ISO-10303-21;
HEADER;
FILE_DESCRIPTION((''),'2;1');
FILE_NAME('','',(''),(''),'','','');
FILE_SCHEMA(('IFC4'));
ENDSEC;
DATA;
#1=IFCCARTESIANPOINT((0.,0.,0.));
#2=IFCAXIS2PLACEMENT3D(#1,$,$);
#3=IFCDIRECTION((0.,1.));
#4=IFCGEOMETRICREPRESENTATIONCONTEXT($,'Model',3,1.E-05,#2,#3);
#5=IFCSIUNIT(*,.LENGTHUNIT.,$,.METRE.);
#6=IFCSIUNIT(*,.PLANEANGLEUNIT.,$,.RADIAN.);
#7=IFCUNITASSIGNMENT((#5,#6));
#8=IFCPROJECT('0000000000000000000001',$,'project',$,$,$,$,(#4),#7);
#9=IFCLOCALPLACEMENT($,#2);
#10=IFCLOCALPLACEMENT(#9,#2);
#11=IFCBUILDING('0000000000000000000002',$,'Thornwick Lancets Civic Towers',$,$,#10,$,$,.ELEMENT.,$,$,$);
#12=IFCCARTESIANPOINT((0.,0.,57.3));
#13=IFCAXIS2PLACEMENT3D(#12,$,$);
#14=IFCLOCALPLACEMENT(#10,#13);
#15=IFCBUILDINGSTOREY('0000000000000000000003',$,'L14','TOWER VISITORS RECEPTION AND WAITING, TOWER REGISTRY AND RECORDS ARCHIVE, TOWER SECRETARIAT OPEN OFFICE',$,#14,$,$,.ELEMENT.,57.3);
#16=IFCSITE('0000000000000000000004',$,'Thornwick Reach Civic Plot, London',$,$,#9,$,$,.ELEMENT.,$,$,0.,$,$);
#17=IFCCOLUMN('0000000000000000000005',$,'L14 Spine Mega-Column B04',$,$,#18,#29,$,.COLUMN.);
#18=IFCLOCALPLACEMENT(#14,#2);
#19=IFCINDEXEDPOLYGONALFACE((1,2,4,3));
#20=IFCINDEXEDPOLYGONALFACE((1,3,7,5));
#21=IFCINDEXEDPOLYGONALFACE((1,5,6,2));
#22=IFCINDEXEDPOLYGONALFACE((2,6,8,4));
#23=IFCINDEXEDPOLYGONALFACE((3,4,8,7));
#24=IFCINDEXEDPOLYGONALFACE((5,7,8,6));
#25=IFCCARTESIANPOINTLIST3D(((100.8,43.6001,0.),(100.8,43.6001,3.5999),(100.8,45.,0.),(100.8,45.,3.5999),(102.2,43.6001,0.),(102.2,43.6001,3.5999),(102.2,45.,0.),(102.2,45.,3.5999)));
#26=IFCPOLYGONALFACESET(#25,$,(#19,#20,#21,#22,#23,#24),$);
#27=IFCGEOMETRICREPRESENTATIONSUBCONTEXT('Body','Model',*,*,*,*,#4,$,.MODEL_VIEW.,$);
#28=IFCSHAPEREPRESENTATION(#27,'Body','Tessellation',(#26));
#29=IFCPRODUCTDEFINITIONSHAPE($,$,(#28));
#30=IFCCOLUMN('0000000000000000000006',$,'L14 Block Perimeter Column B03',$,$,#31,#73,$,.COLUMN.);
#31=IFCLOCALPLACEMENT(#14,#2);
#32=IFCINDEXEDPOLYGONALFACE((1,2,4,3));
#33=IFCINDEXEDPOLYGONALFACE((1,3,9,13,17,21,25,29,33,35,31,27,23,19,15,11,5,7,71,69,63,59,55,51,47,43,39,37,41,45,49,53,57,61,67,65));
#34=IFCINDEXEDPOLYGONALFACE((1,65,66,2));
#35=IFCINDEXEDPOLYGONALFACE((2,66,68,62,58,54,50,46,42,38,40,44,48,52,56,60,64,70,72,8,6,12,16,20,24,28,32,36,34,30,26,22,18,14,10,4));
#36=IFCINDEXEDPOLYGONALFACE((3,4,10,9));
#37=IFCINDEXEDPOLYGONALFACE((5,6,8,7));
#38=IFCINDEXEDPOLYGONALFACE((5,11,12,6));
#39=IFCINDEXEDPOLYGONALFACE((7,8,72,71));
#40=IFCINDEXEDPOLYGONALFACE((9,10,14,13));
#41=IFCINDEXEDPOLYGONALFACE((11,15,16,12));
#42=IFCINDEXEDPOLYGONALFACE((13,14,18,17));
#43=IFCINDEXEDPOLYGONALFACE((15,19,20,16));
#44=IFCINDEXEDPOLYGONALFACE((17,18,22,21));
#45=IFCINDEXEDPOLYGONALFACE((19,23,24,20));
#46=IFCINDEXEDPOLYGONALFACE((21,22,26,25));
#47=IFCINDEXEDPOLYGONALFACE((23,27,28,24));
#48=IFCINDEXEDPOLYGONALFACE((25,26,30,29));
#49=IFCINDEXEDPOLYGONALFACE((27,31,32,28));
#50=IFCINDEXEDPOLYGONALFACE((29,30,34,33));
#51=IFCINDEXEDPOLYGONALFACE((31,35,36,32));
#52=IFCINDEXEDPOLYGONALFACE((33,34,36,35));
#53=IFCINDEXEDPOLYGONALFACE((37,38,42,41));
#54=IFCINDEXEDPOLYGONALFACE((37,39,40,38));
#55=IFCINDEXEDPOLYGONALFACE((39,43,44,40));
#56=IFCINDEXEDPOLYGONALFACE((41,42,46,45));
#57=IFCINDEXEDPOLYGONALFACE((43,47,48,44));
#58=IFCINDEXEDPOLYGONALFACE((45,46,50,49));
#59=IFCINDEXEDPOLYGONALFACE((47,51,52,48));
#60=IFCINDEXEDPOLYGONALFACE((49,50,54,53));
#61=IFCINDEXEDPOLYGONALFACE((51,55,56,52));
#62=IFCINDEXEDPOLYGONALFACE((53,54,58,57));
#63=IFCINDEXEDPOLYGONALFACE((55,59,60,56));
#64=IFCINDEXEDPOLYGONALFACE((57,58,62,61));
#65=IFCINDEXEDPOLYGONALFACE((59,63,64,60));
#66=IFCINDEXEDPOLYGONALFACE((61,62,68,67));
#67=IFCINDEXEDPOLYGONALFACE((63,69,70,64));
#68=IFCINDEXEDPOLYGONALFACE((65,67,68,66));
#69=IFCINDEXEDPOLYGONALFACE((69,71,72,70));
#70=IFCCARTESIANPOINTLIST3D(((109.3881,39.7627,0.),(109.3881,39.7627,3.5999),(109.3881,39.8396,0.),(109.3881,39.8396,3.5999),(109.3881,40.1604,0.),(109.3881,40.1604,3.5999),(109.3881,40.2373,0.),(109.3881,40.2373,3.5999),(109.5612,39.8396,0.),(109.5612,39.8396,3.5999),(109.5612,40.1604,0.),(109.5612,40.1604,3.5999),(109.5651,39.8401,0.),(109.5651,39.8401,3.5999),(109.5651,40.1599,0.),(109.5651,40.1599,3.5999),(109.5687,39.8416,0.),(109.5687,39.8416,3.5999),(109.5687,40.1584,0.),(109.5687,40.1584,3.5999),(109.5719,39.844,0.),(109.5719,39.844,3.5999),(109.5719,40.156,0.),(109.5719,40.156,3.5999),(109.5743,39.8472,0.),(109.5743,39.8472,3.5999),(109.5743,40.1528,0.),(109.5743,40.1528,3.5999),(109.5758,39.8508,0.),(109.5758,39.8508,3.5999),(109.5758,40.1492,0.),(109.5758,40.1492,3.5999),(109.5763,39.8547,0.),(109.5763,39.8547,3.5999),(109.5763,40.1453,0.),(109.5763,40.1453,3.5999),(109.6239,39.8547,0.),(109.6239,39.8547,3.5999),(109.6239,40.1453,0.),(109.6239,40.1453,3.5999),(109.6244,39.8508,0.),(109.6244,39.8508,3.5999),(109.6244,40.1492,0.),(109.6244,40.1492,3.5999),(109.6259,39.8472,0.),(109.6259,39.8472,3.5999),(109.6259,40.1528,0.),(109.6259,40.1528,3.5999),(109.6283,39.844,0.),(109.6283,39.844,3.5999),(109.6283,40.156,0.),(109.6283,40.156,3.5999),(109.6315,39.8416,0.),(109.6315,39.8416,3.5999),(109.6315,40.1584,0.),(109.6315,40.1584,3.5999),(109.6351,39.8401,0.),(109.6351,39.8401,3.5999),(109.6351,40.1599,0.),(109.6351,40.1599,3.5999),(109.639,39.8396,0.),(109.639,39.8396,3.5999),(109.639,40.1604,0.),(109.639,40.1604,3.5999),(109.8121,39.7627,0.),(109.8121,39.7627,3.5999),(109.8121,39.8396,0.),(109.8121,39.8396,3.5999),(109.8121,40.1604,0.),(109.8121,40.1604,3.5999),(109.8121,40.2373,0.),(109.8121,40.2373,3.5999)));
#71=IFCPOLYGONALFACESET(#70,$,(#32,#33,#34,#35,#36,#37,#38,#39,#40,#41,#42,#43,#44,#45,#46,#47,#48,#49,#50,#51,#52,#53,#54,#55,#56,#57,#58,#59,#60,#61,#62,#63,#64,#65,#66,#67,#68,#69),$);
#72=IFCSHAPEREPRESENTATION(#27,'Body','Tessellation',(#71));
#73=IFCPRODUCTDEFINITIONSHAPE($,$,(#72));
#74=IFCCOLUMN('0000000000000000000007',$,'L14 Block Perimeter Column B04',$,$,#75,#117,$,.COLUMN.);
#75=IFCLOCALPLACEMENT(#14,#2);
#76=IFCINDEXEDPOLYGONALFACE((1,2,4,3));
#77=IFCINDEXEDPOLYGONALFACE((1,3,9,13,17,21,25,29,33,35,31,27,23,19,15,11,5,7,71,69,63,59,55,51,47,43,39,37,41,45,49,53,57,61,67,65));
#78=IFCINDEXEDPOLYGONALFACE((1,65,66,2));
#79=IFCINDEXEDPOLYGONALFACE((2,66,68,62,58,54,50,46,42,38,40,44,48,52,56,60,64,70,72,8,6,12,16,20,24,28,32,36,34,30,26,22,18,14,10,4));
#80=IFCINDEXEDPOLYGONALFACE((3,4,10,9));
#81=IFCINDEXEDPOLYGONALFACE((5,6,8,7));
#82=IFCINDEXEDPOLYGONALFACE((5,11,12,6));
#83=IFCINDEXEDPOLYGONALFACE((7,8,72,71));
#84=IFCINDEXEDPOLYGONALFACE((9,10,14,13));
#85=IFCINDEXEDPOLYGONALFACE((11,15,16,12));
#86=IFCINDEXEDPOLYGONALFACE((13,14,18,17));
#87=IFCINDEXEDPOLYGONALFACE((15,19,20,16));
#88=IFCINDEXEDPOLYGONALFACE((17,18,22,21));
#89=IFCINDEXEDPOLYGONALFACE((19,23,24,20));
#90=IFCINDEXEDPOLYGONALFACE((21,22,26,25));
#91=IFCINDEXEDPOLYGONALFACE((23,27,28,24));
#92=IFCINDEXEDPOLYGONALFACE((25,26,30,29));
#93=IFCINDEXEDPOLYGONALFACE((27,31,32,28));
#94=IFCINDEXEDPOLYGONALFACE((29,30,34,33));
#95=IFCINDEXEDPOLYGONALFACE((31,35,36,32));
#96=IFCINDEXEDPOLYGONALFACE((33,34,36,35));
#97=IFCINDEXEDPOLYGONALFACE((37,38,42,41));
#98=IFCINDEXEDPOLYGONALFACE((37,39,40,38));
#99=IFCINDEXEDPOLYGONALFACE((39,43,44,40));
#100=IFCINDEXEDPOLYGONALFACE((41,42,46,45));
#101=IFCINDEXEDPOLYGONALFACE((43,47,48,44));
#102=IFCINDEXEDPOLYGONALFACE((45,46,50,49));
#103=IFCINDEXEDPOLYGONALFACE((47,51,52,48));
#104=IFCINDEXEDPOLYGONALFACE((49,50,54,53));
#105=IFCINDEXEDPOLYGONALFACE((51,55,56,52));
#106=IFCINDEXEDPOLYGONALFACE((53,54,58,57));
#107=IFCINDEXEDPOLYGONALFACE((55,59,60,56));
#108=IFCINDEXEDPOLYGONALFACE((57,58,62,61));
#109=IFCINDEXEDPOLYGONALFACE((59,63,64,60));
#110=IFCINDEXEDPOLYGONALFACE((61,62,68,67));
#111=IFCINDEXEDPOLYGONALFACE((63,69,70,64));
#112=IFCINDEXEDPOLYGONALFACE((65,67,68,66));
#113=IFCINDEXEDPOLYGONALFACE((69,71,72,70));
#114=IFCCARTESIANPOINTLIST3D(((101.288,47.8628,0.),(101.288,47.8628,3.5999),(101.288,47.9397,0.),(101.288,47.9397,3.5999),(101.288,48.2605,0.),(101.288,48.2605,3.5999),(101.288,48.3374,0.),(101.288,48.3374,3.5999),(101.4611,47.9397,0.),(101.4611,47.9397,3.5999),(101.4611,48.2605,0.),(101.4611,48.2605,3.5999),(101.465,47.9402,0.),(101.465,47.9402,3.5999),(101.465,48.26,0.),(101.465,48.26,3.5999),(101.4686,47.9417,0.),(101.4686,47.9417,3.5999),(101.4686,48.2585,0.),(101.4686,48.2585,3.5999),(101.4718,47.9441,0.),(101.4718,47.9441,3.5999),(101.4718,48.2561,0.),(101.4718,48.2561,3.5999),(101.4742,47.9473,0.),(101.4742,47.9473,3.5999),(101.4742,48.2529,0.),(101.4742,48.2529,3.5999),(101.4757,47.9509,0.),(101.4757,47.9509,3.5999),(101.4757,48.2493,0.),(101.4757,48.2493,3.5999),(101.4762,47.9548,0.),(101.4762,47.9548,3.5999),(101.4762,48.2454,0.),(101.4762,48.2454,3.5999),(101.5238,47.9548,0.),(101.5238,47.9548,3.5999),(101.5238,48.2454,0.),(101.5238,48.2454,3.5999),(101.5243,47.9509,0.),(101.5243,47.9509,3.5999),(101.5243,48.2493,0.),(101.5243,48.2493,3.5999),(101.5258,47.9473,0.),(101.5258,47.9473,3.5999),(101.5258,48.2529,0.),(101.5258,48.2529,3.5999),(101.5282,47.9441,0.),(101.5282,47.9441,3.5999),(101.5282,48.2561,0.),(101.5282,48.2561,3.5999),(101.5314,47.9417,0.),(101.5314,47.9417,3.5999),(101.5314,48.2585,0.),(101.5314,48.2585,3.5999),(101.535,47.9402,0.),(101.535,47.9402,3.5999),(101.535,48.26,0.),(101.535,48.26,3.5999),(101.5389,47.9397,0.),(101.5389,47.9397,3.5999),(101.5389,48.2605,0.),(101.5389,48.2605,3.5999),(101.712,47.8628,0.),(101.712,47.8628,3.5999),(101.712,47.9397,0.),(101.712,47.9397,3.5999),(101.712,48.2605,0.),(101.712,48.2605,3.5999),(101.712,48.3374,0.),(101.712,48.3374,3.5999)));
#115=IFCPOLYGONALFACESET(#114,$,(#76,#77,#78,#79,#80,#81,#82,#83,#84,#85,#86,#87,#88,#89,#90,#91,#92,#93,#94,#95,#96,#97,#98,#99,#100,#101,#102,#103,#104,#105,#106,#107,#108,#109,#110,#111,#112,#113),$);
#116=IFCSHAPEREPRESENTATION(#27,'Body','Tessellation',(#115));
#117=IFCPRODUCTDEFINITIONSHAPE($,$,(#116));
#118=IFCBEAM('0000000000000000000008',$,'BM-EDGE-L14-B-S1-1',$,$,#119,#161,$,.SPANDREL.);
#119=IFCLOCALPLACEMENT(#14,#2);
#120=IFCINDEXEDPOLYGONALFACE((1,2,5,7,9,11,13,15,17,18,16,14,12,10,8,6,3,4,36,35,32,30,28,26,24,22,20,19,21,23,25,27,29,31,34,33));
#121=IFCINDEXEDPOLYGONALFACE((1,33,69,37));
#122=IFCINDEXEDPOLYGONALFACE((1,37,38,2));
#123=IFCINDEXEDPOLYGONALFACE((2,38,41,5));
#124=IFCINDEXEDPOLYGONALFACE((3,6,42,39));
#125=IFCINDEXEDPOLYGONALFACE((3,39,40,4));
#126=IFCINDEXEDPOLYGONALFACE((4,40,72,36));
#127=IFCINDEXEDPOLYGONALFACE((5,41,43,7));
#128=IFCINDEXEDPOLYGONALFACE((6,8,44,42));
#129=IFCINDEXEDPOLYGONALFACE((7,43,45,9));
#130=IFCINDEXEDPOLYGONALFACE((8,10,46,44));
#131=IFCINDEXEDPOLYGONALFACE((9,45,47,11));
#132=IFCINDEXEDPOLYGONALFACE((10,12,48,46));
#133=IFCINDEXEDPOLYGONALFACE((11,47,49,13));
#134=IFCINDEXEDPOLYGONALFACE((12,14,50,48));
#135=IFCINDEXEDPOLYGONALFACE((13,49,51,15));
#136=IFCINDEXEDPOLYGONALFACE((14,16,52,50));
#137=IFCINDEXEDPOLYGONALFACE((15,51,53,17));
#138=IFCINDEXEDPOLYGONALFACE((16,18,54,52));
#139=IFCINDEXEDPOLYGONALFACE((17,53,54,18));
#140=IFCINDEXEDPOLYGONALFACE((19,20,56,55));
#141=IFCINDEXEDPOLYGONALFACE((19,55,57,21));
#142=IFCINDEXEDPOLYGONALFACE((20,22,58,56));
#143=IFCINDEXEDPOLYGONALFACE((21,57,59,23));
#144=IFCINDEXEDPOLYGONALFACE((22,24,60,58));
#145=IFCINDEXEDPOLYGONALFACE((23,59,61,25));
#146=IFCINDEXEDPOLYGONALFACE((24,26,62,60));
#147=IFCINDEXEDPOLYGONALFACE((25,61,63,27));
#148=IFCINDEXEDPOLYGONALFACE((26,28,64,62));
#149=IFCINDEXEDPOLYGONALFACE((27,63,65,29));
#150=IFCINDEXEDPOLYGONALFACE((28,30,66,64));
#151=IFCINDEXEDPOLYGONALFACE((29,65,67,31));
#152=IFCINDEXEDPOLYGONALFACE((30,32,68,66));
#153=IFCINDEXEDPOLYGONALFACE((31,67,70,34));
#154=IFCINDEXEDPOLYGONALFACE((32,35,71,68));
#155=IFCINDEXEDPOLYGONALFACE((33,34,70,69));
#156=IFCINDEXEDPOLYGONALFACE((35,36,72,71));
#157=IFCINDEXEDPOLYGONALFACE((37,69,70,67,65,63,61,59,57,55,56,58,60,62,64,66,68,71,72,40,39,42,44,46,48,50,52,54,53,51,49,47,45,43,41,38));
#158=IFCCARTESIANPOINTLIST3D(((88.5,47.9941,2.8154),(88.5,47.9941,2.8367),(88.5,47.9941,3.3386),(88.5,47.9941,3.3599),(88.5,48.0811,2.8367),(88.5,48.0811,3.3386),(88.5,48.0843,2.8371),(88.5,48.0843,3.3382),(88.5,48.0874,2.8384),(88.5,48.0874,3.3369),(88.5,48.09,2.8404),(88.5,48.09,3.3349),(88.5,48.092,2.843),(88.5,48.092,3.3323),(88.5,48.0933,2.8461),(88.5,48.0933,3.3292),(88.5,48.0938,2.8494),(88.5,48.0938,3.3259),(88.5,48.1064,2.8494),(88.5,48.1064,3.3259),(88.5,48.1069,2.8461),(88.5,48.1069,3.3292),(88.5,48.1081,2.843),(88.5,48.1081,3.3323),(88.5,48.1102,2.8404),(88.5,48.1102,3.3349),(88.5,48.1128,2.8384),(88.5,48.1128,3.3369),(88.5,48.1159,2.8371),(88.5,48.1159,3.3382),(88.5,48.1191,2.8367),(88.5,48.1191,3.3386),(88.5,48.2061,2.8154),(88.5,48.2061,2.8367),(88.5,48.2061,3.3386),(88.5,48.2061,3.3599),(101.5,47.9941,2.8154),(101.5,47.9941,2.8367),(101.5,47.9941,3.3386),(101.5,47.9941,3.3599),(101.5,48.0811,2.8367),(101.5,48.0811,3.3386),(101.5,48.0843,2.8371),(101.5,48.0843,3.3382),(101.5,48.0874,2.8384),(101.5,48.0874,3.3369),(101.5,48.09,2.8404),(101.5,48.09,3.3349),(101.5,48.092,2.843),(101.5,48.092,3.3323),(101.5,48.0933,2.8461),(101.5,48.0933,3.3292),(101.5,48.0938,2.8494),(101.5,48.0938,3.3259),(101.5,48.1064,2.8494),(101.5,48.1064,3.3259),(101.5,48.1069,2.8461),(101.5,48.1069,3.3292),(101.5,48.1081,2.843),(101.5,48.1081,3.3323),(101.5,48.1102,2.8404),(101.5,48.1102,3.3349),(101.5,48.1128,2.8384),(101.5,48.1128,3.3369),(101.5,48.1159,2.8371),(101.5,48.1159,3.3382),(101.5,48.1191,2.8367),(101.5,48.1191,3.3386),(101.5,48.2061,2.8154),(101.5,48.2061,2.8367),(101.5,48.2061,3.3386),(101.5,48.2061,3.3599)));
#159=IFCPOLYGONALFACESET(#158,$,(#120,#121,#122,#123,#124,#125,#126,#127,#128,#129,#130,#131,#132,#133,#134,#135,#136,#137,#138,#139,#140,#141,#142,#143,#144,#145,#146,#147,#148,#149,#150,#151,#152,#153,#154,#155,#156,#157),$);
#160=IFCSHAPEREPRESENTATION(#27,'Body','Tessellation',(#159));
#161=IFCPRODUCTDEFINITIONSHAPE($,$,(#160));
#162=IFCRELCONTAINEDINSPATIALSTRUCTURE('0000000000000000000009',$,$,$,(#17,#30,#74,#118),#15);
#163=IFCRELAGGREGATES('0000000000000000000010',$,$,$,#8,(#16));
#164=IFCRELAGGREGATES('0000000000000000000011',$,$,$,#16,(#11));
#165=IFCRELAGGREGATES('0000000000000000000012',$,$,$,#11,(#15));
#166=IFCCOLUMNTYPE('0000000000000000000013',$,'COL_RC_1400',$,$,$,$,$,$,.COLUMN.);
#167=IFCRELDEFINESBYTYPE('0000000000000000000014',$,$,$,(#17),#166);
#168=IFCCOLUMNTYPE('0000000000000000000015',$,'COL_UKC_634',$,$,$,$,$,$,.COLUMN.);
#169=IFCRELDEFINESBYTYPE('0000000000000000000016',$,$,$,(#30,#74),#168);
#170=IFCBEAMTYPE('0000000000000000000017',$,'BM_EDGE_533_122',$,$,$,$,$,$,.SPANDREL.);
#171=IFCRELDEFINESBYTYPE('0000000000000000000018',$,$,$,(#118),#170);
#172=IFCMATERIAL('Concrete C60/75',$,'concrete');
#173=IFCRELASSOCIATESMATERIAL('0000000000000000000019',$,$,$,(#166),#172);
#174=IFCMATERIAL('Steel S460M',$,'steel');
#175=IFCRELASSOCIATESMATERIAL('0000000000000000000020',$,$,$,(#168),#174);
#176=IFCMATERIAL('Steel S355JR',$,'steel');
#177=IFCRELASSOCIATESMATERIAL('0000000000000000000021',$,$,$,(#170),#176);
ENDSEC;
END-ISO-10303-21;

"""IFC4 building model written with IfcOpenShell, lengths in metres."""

from ifc_helpers import new_model, si_unit, direction, frame, origin, origin_2d, place, context, subcontext, project, spatial, rectangle, i_section, extrude, material, material_profile, profile_set, type_object, element, save


model = new_model("IFC4")

# Units and contexts
model_context = context("Model", 3, precision=1e-05, world=origin(), true_north=direction((0.0, 1.0)))
body_context = subcontext(model_context, "Body", "Model", "MODEL_VIEW")
ifc_project = project(units=[si_unit("LENGTHUNIT", "METRE"), si_unit("PLANEANGLEUNIT", "RADIAN")], contexts=[model_context])

# Site, building, storey
site_placement = place(None, origin())
site = spatial("IfcSite", under=ifc_project, at=site_placement, Name="Thornwick Reach Civic Plot, London", CompositionType="ELEMENT", RefElevation=0.0)
building_placement = place(site_placement, origin())
building = spatial("IfcBuilding", under=site, at=building_placement, Name="Thornwick Lancets Civic Towers", CompositionType="ELEMENT")
storey_placement = place(building_placement, frame((0.0, 0.0, 57.3)))
storey = spatial("IfcBuildingStorey", under=building, at=storey_placement, Name="L14", Description="TOWER VISITORS RECEPTION AND WAITING, TOWER REGISTRY AND RECORDS ARCHIVE, TOWER SECRETARIAT OPEN OFFICE", CompositionType="ELEMENT", Elevation=57.3)

# Columns
ifc_material_1 = material(Name="Concrete C60/75", Category="concrete")
ifc_material_profile_1 = material_profile(ifc_material_1, rectangle(XDim=1.3999, YDim=1.3999, at=origin_2d()), Name="RC 1400x1400")
ifc_profile_set_1 = profile_set([ifc_material_profile_1], Name="Concrete C60/75")
column_type_1 = type_object("IfcColumnType", Name="COL_RC_1400", PredefinedType="COLUMN", material=ifc_profile_set_1)
column_placement = place(storey_placement, frame((101.5, 44.3, 0.0), z_axis=(0.0, 0.0, 1.0), x_axis=(1.0, 0.0, 0.0)))
element("IfcColumn", 1, at=column_placement, inside=storey, type_object=column_type_1, Name="L14 Spine Mega-Column B04", PredefinedType="COLUMN", context=body_context, shape_type="SweptSolid", body=[
    extrude(rectangle(XDim=1.3999, YDim=1.3999, at=origin_2d()), origin(), (0.0, 0.0, 1.0), 3.5999),
])
ifc_material_2 = material(Name="Steel S460M", Category="steel")
ifc_material_profile_2 = material_profile(ifc_material_2, i_section(OverallWidth=0.4241, OverallDepth=0.4746, WebThickness=0.0476, FlangeThickness=0.0769, FilletRadius=0.0151, at=origin_2d()), Name="UKC 356x406x634")
ifc_profile_set_2 = profile_set([ifc_material_profile_2], Name="Steel S460M")
column_type_2 = type_object("IfcColumnType", Name="COL_UKC_634", PredefinedType="COLUMN", material=ifc_profile_set_2)
for number, where, z_axis, x_axis, name in (
    (2, (109.6001, 40.0, 0.0), (0.0, 0.0, 1.0), (1.0, 0.0, 0.0), "L14 Block Perimeter Column B03"),
    (3, (101.5, 48.1001, 0.0), (0.0, 0.0, 1.0), (1.0, 0.0, 0.0), "L14 Block Perimeter Column B04"),
):
    element("IfcColumn", number, at=place(storey_placement, frame(where, z_axis=z_axis, x_axis=x_axis)), inside=storey, type_object=column_type_2, Name=name, PredefinedType="COLUMN", context=body_context, shape_type="SweptSolid", body=[
        extrude(i_section(OverallWidth=0.4241, OverallDepth=0.4746, WebThickness=0.0476, FlangeThickness=0.0769, FilletRadius=0.0151, at=origin_2d()), origin(), (0.0, 0.0, 1.0), 3.5999),
    ])

# Beam
ifc_material_3 = material(Name="Steel S355JR", Category="steel")
ifc_material_profile_3 = material_profile(ifc_material_3, i_section(OverallWidth=0.2119, OverallDepth=0.5444, WebThickness=0.0127, FlangeThickness=0.0212, FilletRadius=0.0127, at=origin_2d()), Name="UKB 533x210x122")
ifc_profile_set_3 = profile_set([ifc_material_profile_3], Name="Steel S355JR")
beam_type_1 = type_object("IfcBeamType", Name="BM_EDGE_533_122", PredefinedType="SPANDREL", material=ifc_profile_set_3)
beam_1_placement = place(storey_placement, frame((101.5, 48.1001, 3.0876), z_axis=(-1.0, 0.0, 0.0), x_axis=(0.0, -1.0, 0.0)))
element("IfcBeam", 4, at=beam_1_placement, inside=storey, type_object=beam_type_1, Name="BM-EDGE-L14-B-S1-1", PredefinedType="SPANDREL", context=body_context, shape_type="SweptSolid", body=[
    extrude(i_section(OverallWidth=0.2119, OverallDepth=0.5444, WebThickness=0.0127, FlangeThickness=0.0212, FilletRadius=0.0127, at=origin_2d()), origin(), (0.0, 0.0, 1.0), 13.0),
])

save(model, "model.ifc")
